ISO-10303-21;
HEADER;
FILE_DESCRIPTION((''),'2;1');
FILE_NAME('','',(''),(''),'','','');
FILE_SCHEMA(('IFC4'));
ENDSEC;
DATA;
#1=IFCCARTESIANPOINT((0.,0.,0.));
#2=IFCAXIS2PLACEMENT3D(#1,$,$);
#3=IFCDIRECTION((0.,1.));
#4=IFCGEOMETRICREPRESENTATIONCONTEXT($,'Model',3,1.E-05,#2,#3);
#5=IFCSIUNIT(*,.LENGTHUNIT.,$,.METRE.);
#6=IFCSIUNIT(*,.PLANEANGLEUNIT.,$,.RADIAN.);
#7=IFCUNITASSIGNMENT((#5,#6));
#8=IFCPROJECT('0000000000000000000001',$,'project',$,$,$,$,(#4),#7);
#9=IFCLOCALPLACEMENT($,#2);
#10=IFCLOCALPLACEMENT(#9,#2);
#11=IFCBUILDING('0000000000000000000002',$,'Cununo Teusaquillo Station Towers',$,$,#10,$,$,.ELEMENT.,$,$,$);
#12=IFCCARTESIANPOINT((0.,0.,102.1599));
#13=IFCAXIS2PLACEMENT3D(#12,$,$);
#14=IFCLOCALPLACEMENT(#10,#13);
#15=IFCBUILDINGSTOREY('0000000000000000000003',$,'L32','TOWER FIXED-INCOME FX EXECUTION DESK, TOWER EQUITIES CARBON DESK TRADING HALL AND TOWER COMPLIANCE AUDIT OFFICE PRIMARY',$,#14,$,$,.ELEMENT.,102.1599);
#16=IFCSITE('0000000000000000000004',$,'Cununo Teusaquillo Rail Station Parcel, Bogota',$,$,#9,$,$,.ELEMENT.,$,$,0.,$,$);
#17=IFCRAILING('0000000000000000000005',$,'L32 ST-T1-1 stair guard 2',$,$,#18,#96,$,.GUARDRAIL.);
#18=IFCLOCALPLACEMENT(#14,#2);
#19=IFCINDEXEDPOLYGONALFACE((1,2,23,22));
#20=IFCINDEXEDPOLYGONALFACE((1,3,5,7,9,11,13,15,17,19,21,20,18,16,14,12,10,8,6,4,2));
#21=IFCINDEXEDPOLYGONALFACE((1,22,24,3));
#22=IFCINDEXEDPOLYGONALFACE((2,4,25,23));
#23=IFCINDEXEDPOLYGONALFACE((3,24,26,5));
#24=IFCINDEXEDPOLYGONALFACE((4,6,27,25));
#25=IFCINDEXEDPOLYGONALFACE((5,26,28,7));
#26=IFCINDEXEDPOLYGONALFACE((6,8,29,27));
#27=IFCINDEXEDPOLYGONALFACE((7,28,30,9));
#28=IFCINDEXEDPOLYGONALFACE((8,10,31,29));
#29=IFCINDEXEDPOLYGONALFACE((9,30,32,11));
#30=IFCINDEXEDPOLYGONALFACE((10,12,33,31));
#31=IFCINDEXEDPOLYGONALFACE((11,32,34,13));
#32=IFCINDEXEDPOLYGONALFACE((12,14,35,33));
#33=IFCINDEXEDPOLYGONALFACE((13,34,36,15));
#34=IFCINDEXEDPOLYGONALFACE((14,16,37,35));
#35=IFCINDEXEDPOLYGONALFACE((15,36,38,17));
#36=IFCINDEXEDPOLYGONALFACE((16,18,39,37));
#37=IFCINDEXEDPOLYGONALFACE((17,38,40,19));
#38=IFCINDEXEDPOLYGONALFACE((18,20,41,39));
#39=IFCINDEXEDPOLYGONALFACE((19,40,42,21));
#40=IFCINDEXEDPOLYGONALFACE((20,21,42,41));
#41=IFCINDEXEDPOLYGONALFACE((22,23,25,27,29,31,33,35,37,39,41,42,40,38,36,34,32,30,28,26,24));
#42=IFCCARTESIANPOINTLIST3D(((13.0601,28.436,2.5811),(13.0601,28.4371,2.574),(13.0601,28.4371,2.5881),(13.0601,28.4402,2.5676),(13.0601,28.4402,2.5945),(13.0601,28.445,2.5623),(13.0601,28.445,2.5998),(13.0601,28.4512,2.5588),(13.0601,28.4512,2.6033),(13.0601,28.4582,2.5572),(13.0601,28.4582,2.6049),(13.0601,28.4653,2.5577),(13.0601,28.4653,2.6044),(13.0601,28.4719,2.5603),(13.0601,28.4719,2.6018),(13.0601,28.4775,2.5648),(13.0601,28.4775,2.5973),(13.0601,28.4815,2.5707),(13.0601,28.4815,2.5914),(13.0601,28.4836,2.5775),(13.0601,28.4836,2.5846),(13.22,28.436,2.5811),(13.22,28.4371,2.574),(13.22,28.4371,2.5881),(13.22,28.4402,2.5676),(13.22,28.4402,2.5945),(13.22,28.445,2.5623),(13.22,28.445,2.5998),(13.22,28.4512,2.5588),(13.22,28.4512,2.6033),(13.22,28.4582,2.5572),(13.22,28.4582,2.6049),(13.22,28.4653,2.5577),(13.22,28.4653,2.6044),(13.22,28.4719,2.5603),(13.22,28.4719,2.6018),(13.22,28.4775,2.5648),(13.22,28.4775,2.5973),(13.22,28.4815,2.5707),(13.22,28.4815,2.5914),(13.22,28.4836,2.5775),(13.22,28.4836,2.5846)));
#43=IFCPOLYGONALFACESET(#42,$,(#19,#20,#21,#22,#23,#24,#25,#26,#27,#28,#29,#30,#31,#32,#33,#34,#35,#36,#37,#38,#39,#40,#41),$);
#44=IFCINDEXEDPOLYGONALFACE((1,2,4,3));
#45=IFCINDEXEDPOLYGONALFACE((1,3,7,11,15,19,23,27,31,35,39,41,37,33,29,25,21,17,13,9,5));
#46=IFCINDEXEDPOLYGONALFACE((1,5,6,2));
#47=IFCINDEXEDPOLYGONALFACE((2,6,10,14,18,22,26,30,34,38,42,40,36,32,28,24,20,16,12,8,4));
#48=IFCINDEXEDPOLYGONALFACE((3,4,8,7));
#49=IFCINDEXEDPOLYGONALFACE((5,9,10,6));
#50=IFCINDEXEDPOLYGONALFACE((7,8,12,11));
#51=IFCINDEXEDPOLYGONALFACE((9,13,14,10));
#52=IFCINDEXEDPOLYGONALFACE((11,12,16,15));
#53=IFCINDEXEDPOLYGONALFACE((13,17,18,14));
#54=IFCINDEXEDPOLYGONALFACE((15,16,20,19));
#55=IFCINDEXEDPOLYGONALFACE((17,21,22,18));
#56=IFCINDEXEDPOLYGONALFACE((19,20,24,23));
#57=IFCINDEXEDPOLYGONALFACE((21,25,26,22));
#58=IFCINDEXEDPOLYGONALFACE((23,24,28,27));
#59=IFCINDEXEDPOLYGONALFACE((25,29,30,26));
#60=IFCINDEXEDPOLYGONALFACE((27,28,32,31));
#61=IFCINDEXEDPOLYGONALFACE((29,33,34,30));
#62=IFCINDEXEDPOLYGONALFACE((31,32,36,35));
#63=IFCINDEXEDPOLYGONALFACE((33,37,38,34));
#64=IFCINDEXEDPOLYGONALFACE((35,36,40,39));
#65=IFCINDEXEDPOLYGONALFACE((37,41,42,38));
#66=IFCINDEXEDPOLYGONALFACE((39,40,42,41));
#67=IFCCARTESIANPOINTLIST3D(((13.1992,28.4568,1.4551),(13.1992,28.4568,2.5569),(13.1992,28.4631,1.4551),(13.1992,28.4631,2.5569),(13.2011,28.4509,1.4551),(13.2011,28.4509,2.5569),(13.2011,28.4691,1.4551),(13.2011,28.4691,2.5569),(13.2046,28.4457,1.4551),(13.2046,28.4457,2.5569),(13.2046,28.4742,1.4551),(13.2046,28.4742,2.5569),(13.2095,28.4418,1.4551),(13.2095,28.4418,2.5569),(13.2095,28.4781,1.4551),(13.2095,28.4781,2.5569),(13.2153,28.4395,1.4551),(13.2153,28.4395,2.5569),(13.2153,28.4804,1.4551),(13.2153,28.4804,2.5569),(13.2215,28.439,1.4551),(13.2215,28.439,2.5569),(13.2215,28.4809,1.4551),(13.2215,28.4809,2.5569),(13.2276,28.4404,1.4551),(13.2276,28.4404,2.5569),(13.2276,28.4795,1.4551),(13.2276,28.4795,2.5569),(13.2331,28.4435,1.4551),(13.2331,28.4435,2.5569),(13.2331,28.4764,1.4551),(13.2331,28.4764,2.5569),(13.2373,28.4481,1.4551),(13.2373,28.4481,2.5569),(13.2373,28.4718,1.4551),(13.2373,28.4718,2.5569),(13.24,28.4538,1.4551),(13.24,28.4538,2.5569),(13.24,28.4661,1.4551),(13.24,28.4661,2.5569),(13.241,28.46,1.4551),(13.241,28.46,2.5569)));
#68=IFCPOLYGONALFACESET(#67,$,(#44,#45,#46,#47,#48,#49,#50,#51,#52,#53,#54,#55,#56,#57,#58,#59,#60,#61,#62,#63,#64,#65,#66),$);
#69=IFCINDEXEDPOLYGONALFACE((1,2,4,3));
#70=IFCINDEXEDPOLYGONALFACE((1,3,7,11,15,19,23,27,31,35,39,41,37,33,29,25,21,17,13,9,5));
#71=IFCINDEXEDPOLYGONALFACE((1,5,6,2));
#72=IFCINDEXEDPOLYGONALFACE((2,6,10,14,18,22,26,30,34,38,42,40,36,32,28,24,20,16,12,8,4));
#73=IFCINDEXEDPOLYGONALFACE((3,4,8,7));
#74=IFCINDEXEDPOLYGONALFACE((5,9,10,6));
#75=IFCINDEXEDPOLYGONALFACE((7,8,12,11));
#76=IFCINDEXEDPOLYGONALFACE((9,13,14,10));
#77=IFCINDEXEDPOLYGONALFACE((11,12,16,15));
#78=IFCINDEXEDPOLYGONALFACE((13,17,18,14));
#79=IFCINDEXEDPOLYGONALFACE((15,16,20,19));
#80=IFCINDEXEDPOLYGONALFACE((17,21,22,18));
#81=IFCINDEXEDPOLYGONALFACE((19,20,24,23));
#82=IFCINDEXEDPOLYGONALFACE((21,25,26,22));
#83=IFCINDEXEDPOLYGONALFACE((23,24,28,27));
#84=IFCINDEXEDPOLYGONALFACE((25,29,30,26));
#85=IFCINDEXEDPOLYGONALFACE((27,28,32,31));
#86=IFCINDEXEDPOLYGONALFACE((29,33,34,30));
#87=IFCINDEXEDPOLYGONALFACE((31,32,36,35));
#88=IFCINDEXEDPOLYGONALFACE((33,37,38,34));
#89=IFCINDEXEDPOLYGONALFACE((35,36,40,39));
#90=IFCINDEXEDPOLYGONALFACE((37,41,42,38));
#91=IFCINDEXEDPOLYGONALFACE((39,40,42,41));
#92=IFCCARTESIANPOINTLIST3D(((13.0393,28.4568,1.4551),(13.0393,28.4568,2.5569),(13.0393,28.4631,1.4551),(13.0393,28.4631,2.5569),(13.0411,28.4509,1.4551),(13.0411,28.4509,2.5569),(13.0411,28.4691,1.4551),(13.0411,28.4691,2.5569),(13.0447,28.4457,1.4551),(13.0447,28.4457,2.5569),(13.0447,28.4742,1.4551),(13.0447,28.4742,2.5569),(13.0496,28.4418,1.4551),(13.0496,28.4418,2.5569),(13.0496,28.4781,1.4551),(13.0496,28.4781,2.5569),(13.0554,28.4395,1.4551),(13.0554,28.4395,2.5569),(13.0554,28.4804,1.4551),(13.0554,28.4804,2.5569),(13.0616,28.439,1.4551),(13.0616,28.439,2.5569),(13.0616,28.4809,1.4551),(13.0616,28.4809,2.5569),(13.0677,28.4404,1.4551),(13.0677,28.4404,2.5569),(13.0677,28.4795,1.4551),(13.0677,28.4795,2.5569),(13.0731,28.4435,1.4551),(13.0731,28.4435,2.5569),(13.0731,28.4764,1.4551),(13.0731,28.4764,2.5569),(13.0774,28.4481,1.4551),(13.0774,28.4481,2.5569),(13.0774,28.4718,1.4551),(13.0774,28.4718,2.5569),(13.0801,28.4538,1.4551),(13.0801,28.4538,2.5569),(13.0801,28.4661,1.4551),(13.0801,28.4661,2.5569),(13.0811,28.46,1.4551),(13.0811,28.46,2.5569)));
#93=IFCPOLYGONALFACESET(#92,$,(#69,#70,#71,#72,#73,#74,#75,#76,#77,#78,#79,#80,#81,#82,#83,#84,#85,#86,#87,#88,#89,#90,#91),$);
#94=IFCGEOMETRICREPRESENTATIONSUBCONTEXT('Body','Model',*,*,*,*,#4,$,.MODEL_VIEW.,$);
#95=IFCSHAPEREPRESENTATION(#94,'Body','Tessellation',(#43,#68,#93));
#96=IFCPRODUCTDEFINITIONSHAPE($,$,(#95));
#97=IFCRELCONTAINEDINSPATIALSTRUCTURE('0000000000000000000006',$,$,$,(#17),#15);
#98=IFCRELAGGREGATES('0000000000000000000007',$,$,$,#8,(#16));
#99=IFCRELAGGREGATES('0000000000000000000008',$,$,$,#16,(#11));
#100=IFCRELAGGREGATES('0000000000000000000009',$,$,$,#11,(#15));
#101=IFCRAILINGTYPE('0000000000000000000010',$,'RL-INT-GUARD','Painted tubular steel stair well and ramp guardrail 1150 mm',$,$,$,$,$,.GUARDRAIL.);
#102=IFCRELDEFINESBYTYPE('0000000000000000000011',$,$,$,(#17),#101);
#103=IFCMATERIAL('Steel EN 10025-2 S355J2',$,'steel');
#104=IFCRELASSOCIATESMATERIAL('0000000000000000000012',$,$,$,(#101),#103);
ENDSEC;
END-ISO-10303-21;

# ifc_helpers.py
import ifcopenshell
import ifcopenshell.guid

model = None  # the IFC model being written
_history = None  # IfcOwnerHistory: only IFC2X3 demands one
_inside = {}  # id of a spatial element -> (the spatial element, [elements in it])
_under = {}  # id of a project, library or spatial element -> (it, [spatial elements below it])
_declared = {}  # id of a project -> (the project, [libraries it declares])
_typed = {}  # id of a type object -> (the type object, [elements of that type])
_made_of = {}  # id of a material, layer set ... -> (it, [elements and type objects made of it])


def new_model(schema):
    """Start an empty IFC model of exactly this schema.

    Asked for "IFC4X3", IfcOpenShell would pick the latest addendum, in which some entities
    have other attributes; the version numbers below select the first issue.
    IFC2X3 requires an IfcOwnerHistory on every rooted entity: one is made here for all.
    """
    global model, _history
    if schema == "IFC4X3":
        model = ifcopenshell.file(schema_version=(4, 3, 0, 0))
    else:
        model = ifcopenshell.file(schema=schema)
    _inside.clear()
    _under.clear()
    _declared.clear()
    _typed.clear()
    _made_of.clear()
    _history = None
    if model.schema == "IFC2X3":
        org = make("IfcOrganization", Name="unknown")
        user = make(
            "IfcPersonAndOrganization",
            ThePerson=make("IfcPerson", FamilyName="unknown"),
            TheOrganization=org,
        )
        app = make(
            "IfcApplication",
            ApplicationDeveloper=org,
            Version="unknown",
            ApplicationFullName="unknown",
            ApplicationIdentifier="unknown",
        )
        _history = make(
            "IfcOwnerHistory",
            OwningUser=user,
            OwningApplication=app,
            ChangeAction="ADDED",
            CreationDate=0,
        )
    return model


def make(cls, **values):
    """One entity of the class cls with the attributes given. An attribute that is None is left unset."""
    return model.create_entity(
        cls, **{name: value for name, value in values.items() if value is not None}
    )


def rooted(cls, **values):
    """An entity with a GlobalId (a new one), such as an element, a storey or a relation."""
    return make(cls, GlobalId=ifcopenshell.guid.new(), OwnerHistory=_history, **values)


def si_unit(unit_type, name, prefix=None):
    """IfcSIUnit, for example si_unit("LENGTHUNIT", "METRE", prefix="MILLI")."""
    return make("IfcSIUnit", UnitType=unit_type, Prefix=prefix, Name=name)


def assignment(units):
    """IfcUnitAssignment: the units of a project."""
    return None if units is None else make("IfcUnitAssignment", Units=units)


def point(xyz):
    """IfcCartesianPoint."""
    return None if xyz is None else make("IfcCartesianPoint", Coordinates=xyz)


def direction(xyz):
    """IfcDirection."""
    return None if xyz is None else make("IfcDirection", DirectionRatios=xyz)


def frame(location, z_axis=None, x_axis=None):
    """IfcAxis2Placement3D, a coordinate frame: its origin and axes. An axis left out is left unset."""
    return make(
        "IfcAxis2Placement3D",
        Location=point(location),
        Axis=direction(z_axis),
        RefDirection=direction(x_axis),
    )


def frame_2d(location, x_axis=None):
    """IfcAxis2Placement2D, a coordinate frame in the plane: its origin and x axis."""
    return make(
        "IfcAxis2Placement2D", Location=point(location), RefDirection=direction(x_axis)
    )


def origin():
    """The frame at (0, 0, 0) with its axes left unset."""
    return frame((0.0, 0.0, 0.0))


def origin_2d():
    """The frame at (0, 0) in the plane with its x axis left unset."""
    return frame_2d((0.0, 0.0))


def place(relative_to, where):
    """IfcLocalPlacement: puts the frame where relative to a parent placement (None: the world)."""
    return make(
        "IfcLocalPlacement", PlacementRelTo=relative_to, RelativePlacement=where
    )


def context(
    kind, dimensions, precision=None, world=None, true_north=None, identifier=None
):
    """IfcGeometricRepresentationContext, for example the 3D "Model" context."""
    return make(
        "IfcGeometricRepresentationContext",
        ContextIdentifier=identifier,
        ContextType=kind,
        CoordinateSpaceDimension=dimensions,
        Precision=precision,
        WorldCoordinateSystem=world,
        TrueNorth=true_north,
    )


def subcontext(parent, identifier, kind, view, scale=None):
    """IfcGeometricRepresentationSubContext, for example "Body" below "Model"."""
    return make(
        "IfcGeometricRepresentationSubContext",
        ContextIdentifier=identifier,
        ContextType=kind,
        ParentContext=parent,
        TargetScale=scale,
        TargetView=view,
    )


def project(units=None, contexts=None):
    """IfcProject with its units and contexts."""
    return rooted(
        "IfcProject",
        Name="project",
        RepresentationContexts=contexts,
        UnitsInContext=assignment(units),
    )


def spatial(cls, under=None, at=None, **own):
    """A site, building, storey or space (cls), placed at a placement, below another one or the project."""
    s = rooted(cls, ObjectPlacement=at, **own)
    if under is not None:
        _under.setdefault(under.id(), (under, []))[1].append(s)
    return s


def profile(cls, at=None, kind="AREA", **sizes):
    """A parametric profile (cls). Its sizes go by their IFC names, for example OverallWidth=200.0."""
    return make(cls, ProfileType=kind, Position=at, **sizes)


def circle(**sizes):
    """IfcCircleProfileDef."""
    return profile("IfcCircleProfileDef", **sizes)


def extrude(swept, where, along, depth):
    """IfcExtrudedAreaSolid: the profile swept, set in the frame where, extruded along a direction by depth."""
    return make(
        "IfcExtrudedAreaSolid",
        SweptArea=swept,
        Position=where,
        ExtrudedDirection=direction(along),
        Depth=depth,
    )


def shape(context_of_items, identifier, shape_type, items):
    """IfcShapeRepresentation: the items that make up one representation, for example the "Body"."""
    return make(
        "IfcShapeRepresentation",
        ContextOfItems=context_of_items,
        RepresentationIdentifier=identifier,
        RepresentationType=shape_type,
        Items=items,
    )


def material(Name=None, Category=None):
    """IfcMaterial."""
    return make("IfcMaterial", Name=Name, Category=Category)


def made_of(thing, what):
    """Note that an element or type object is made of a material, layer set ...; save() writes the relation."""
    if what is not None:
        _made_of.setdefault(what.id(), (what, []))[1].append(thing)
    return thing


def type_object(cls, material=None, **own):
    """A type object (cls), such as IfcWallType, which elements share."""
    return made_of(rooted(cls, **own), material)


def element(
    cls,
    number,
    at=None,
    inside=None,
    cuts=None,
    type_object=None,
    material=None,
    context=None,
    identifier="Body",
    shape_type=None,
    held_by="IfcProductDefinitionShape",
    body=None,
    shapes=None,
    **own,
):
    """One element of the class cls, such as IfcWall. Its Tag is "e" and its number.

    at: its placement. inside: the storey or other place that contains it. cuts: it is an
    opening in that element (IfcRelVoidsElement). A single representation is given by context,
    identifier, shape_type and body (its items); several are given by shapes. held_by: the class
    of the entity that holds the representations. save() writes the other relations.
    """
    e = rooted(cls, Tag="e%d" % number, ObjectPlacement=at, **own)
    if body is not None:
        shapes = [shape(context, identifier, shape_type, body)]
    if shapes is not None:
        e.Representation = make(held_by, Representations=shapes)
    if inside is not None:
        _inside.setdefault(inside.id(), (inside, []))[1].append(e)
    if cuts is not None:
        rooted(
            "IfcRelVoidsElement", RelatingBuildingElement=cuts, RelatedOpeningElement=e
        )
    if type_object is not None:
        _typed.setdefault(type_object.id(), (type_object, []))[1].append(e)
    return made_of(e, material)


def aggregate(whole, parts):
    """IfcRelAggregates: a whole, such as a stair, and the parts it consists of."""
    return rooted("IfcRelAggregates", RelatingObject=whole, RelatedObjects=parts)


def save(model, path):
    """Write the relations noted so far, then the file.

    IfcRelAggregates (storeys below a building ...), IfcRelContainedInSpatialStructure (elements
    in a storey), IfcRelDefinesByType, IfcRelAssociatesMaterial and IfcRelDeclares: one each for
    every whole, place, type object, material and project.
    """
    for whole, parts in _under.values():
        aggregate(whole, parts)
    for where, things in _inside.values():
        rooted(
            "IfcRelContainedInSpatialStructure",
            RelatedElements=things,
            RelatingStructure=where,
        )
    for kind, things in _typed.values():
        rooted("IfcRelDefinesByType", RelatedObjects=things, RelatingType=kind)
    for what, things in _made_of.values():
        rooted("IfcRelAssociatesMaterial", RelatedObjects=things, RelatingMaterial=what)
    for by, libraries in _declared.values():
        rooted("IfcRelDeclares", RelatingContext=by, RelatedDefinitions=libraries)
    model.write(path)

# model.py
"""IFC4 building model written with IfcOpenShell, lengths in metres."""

from ifc_helpers import new_model, si_unit, direction, frame, origin, origin_2d, place, context, subcontext, project, spatial, circle, extrude, material, type_object, element, save


model = new_model("IFC4")

# Units and contexts
model_context = context("Model", 3, precision=1e-05, world=origin(), true_north=direction((0.0, 1.0)))
body_context = subcontext(model_context, "Body", "Model", "MODEL_VIEW")
ifc_project = project(units=[si_unit("LENGTHUNIT", "METRE"), si_unit("PLANEANGLEUNIT", "RADIAN")], contexts=[model_context])

# Site, building, storey
site_placement = place(None, origin())
site = spatial("IfcSite", under=ifc_project, at=site_placement, Name="Cununo Teusaquillo Rail Station Parcel, Bogota", CompositionType="ELEMENT", RefElevation=0.0)
building_placement = place(site_placement, origin())
building = spatial("IfcBuilding", under=site, at=building_placement, Name="Cununo Teusaquillo Station Towers", CompositionType="ELEMENT")
storey_placement = place(building_placement, frame((0.0, 0.0, 102.1599)))
storey = spatial("IfcBuildingStorey", under=building, at=storey_placement, Name="L32", Description="TOWER FIXED-INCOME FX EXECUTION DESK, TOWER EQUITIES CARBON DESK TRADING HALL AND TOWER COMPLIANCE AUDIT OFFICE PRIMARY", CompositionType="ELEMENT", Elevation=102.1599)

# Railing
ifc_material_1 = material(Name="Steel EN 10025-2 S355J2", Category="steel")
railing_type_1 = type_object("IfcRailingType", Name="RL-INT-GUARD", Description="Painted tubular steel stair well and ramp guardrail 1150 mm", PredefinedType="GUARDRAIL", material=ifc_material_1)
railing_1_placement = place(storey_placement, frame((13.22, 28.46, 1.4551)))
element("IfcRailing", 1, at=railing_1_placement, inside=storey, type_object=railing_type_1, Name="L32 ST-T1-1 stair guard 2", PredefinedType="GUARDRAIL", context=body_context, shape_type="SweptSolid", body=[
    extrude(circle(Radius=0.0239, at=origin_2d()), frame((0.0, 0.0, 1.126), z_axis=(-1.0, 0.0, 0.0), x_axis=(0.0, -1.0, 0.0)), (0.0, 0.0, 1.0), 0.1599),
    extrude(circle(Radius=0.021, at=origin_2d()), origin(), (0.0, 0.0, 1.0), 1.1018),
    extrude(circle(Radius=0.021, at=origin_2d()), frame((-0.1599, 0.0, 0.0)), (0.0, 0.0, 1.0), 1.1018),
])

save(model, "model.ifc")
